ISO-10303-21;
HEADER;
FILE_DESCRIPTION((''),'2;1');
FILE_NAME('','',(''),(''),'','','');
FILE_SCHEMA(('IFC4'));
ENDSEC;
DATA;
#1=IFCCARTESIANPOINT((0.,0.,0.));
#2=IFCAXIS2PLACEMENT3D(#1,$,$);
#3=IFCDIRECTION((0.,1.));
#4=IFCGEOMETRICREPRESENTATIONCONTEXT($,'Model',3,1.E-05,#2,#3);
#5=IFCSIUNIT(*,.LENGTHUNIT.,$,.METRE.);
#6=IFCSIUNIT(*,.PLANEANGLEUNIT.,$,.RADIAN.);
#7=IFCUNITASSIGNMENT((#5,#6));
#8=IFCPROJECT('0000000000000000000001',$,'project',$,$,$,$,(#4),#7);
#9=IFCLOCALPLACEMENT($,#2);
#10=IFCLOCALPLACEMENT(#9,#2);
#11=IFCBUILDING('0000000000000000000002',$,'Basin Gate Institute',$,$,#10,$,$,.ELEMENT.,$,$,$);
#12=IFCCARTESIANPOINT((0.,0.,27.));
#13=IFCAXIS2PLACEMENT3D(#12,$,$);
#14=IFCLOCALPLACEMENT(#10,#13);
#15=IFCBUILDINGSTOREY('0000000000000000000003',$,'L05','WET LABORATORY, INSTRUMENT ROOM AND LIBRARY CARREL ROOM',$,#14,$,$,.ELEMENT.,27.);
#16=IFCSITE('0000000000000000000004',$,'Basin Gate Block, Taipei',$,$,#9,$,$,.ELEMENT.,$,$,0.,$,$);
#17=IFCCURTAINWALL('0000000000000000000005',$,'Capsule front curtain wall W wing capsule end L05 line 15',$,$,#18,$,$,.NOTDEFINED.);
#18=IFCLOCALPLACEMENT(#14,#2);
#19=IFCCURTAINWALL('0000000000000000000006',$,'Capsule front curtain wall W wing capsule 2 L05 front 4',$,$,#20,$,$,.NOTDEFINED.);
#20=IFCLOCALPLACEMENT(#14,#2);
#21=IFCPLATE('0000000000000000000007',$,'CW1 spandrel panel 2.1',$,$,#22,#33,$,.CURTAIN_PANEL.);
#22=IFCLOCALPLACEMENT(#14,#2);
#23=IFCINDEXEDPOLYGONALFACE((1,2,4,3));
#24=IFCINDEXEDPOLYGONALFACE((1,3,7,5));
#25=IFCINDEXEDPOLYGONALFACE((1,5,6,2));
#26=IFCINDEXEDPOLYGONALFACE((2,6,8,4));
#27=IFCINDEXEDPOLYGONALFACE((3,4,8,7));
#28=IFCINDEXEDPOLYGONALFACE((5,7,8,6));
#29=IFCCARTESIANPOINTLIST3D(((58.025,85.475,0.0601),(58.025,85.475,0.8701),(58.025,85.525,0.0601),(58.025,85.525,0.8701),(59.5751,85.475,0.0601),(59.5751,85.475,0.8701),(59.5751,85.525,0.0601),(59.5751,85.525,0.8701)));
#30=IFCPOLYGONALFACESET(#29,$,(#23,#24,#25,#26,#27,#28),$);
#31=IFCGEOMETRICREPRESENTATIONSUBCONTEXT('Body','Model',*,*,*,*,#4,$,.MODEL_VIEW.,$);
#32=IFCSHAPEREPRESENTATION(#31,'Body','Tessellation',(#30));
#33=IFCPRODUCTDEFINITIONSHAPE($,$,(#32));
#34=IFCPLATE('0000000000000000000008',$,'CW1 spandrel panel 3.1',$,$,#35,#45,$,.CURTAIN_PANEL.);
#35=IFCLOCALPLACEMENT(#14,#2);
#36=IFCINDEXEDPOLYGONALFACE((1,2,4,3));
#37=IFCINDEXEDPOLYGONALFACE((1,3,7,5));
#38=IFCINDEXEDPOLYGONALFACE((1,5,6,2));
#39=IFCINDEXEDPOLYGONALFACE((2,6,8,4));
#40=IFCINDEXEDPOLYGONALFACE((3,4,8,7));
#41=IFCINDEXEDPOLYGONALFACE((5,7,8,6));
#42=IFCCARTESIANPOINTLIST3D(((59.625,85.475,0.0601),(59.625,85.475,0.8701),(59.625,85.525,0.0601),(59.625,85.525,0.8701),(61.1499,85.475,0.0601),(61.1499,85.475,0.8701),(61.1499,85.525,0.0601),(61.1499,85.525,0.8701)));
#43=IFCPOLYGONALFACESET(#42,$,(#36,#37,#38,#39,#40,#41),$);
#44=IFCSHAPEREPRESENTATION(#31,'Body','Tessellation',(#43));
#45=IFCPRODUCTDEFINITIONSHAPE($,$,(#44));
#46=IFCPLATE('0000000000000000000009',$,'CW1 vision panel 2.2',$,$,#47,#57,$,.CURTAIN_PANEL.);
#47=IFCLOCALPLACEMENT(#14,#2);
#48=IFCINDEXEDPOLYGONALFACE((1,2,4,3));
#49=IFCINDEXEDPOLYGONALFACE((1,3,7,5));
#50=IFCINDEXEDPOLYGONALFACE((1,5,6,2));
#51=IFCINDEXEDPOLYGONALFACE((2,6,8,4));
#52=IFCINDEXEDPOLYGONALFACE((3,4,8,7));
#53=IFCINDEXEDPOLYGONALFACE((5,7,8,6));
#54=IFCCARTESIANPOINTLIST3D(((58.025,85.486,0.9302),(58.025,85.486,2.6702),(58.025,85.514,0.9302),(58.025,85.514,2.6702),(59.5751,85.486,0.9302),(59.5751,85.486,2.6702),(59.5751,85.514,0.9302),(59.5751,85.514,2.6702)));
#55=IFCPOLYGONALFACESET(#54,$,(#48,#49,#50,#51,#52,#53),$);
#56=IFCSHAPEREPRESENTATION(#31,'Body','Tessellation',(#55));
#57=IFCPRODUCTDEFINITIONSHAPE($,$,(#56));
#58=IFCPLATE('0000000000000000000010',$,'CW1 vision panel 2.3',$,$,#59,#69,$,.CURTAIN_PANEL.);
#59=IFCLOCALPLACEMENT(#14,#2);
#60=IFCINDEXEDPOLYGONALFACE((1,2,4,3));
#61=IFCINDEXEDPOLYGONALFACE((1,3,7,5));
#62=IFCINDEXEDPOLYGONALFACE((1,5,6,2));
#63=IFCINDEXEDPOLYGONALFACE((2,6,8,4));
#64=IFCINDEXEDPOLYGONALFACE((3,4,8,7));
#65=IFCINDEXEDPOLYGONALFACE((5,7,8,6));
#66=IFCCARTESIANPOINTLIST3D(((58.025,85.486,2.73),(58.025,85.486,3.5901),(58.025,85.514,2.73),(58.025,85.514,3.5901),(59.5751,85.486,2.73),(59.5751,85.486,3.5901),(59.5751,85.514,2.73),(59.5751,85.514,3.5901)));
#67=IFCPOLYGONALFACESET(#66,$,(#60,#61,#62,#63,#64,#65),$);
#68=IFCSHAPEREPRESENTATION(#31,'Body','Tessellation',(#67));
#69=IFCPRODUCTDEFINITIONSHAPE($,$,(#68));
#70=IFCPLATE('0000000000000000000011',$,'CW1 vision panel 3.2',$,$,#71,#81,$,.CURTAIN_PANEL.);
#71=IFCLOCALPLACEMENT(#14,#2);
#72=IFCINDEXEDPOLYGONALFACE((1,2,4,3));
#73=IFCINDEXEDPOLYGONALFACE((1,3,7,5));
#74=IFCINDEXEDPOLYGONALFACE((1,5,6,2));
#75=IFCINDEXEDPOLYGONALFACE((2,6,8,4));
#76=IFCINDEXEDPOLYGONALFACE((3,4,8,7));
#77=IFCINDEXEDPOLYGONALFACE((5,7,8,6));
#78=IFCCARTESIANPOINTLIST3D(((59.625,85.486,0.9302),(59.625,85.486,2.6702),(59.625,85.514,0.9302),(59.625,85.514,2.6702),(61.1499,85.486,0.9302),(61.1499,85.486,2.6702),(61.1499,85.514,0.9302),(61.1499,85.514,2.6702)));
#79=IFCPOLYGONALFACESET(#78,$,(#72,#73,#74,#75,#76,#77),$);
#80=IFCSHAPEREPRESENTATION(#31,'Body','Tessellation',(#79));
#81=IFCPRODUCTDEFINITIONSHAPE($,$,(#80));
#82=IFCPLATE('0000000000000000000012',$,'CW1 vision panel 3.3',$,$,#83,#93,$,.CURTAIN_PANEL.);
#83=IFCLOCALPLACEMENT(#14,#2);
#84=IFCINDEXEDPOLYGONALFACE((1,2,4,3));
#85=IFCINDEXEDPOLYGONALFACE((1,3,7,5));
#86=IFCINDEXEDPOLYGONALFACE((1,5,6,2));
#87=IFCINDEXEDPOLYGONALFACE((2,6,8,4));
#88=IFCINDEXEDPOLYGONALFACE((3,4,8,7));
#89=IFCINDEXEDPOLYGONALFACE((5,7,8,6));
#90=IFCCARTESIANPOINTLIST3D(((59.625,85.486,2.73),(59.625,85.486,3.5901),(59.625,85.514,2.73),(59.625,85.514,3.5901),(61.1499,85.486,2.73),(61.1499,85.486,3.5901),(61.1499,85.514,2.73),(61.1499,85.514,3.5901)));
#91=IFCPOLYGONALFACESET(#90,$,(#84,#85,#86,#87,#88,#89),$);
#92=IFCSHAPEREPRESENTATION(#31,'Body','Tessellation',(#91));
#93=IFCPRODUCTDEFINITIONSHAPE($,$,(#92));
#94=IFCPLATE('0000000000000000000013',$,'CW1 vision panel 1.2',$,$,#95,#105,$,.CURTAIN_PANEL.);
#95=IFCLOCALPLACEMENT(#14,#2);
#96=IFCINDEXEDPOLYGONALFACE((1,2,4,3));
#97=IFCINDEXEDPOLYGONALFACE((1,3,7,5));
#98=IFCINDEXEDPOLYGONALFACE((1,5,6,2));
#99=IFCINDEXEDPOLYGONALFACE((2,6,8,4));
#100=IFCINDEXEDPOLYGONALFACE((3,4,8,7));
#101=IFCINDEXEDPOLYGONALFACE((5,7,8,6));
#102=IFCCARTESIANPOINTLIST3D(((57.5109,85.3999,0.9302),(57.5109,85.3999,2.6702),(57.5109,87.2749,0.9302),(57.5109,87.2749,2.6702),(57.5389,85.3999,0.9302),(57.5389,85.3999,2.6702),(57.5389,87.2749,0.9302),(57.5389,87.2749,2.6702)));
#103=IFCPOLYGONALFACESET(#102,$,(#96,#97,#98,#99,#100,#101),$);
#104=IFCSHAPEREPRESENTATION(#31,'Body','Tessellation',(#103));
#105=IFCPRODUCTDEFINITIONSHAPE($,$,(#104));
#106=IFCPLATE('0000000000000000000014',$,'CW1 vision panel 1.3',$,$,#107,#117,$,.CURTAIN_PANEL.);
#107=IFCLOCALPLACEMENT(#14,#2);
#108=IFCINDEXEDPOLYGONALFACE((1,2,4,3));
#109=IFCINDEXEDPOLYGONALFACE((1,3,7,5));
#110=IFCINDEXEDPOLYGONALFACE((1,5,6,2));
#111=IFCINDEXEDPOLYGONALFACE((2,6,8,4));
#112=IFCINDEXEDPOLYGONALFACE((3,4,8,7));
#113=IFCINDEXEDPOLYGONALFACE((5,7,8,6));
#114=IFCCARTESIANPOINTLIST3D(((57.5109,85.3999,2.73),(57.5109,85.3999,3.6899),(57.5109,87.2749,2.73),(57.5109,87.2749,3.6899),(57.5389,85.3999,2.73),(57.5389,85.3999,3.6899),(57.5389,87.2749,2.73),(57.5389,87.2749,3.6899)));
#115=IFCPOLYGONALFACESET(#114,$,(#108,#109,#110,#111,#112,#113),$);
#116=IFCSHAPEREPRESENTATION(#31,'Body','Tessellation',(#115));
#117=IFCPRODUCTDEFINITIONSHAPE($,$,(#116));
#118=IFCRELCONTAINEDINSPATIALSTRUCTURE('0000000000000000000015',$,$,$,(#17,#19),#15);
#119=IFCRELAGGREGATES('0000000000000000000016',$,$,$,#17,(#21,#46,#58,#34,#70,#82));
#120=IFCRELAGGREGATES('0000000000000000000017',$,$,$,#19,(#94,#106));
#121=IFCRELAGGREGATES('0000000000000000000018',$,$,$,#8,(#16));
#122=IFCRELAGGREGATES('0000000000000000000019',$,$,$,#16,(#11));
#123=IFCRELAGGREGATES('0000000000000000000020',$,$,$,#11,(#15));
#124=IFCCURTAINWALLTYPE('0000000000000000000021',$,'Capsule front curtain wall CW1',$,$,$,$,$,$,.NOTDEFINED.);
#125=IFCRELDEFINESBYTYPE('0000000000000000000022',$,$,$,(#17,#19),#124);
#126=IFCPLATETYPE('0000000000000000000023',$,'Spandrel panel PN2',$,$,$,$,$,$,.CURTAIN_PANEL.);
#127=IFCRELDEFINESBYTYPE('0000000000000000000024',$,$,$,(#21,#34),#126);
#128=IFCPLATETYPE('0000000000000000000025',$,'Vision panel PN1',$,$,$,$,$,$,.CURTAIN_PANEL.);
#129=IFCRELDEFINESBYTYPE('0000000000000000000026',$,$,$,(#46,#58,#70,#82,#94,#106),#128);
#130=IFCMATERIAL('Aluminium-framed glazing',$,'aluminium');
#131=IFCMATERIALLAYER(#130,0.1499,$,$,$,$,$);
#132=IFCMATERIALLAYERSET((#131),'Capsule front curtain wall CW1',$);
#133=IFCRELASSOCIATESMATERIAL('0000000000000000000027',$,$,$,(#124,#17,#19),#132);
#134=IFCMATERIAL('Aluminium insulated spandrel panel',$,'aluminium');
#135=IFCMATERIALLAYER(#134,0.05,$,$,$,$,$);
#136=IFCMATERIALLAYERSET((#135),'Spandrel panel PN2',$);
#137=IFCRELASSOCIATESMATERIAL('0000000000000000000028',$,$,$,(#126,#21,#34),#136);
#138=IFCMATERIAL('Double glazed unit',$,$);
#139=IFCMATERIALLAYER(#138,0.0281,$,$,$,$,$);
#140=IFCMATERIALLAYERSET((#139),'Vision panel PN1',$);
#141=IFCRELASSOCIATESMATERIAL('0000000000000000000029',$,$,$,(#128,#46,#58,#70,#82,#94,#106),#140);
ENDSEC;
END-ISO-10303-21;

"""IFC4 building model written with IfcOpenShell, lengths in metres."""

from ifc_helpers import new_model, si_unit, direction, frame, origin, origin_2d, place, context, subcontext, project, spatial, rectangle, extrude, material, layer, layer_set, type_object, element, aggregate, save


model = new_model("IFC4")

# Units and contexts
model_context = context("Model", 3, precision=1e-05, world=origin(), true_north=direction((0.0, 1.0)))
body_context = subcontext(model_context, "Body", "Model", "MODEL_VIEW")
ifc_project = project(units=[si_unit("LENGTHUNIT", "METRE"), si_unit("PLANEANGLEUNIT", "RADIAN")], contexts=[model_context])

# Site, building, storey
site_placement = place(None, origin())
site = spatial("IfcSite", under=ifc_project, at=site_placement, Name="Basin Gate Block, Taipei", CompositionType="ELEMENT", RefElevation=0.0)
building_placement = place(site_placement, origin())
building = spatial("IfcBuilding", under=site, at=building_placement, Name="Basin Gate Institute", CompositionType="ELEMENT")
storey_placement = place(building_placement, frame((0.0, 0.0, 27.0)))
storey = spatial("IfcBuildingStorey", under=building, at=storey_placement, Name="L05", Description="WET LABORATORY, INSTRUMENT ROOM AND LIBRARY CARREL ROOM", CompositionType="ELEMENT", Elevation=27.0)

# Curtain wall
ifc_material_1 = material(Name="Aluminium-framed glazing", Category="aluminium")
ifc_layer_1 = layer(ifc_material_1, 0.1499)
ifc_layer_set_1 = layer_set([ifc_layer_1], Name="Capsule front curtain wall CW1")
curtain_wall_type = type_object("IfcCurtainWallType", Name="Capsule front curtain wall CW1", PredefinedType="NOTDEFINED", material=ifc_layer_set_1)
curtain_wall_1_placement = place(storey_placement, origin())
curtain_wall_1 = element("IfcCurtainWall", 1, at=curtain_wall_1_placement, inside=storey, type_object=curtain_wall_type, material=ifc_layer_set_1, Name="Capsule front curtain wall W wing capsule end L05 line 15", PredefinedType="NOTDEFINED")

# Curtain wall
curtain_wall_2_placement = place(storey_placement, origin())
curtain_wall_2 = element("IfcCurtainWall", 2, at=curtain_wall_2_placement, inside=storey, type_object=curtain_wall_type, material=ifc_layer_set_1, Name="Capsule front curtain wall W wing capsule 2 L05 front 4", PredefinedType="NOTDEFINED")

# Plates
ifc_material_2 = material(Name="Aluminium insulated spandrel panel", Category="aluminium")
ifc_layer_2 = layer(ifc_material_2, 0.05)
ifc_layer_set_2 = layer_set([ifc_layer_2], Name="Spandrel panel PN2")
plate_type_1 = type_object("IfcPlateType", Name="Spandrel panel PN2", PredefinedType="CURTAIN_PANEL", material=ifc_layer_set_2)
plate_1_placement = place(storey_placement, frame((58.8, 85.5, 0.0601), z_axis=(0.0, 0.0, 1.0), x_axis=(1.0, 0.0, 0.0)))
plate_1 = element("IfcPlate", 3, at=plate_1_placement, type_object=plate_type_1, material=ifc_layer_set_2, Name="CW1 spandrel panel 2.1", PredefinedType="CURTAIN_PANEL", context=body_context, shape_type="SweptSolid", body=[
    extrude(rectangle(XDim=1.55, YDim=0.05, at=origin_2d()), origin(), (0.0, 0.0, 1.0), 0.8101),
])
plate_2_placement = place(storey_placement, frame((60.3875, 85.5, 0.0601), z_axis=(0.0, 0.0, 1.0), x_axis=(1.0, 0.0, 0.0)))
plate_2 = element("IfcPlate", 4, at=plate_2_placement, type_object=plate_type_1, material=ifc_layer_set_2, Name="CW1 spandrel panel 3.1", PredefinedType="CURTAIN_PANEL", context=body_context, shape_type="SweptSolid", body=[
    extrude(rectangle(XDim=1.5249, YDim=0.05, at=origin_2d()), origin(), (0.0, 0.0, 1.0), 0.8101),
])
ifc_material_3 = material(Name="Double glazed unit")
ifc_layer_3 = layer(ifc_material_3, 0.0281)
ifc_layer_set_3 = layer_set([ifc_layer_3], Name="Vision panel PN1")
plate_type_2 = type_object("IfcPlateType", Name="Vision panel PN1", PredefinedType="CURTAIN_PANEL", material=ifc_layer_set_3)
plate_3_placement = place(storey_placement, frame((58.8, 85.5, 0.9302), z_axis=(0.0, 0.0, 1.0), x_axis=(1.0, 0.0, 0.0)))
plate_3 = element("IfcPlate", 5, at=plate_3_placement, type_object=plate_type_2, material=ifc_layer_set_3, Name="CW1 vision panel 2.2", PredefinedType="CURTAIN_PANEL", context=body_context, shape_type="SweptSolid", body=[
    extrude(rectangle(XDim=1.55, YDim=0.0281, at=origin_2d()), origin(), (0.0, 0.0, 1.0), 1.74),
])
plate_4_placement = place(storey_placement, frame((58.8, 85.5, 2.73), z_axis=(0.0, 0.0, 1.0), x_axis=(1.0, 0.0, 0.0)))
plate_4 = element("IfcPlate", 6, at=plate_4_placement, type_object=plate_type_2, material=ifc_layer_set_3, Name="CW1 vision panel 2.3", PredefinedType="CURTAIN_PANEL", context=body_context, shape_type="SweptSolid", body=[
    extrude(rectangle(XDim=1.55, YDim=0.0281, at=origin_2d()), origin(), (0.0, 0.0, 1.0), 0.8601),
])
plate_5_placement = place(storey_placement, frame((60.3875, 85.5, 0.9302), z_axis=(0.0, 0.0, 1.0), x_axis=(1.0, 0.0, 0.0)))
plate_5 = element("IfcPlate", 7, at=plate_5_placement, type_object=plate_type_2, material=ifc_layer_set_3, Name="CW1 vision panel 3.2", PredefinedType="CURTAIN_PANEL", context=body_context, shape_type="SweptSolid", body=[
    extrude(rectangle(XDim=1.5249, YDim=0.0281, at=origin_2d()), origin(), (0.0, 0.0, 1.0), 1.74),
])
plate_6_placement = place(storey_placement, frame((60.3875, 85.5, 2.73), z_axis=(0.0, 0.0, 1.0), x_axis=(1.0, 0.0, 0.0)))
plate_6 = element("IfcPlate", 8, at=plate_6_placement, type_object=plate_type_2, material=ifc_layer_set_3, Name="CW1 vision panel 3.3", PredefinedType="CURTAIN_PANEL", context=body_context, shape_type="SweptSolid", body=[
    extrude(rectangle(XDim=1.5249, YDim=0.0281, at=origin_2d()), origin(), (0.0, 0.0, 1.0), 0.8601),
])
aggregate(curtain_wall_1, [plate_1, plate_3, plate_4, plate_2, plate_5, plate_6])
plate_7_placement = place(storey_placement, frame((57.5249, 86.3374, 0.9302), z_axis=(0.0, 0.0, 1.0), x_axis=(0.0, 1.0, 0.0)))
plate_7 = element("IfcPlate", 9, at=plate_7_placement, type_object=plate_type_2, material=ifc_layer_set_3, Name="CW1 vision panel 1.2", PredefinedType="CURTAIN_PANEL", context=body_context, shape_type="SweptSolid", body=[
    extrude(rectangle(XDim=1.875, YDim=0.0281, at=origin_2d()), origin(), (0.0, 0.0, 1.0), 1.74),
])
plate_8_placement = place(storey_placement, frame((57.5249, 86.3374, 2.73), z_axis=(0.0, 0.0, 1.0), x_axis=(0.0, 1.0, 0.0)))
plate_8 = element("IfcPlate", 10, at=plate_8_placement, type_object=plate_type_2, material=ifc_layer_set_3, Name="CW1 vision panel 1.3", PredefinedType="CURTAIN_PANEL", context=body_context, shape_type="SweptSolid", body=[
    extrude(rectangle(XDim=1.875, YDim=0.0281, at=origin_2d()), origin(), (0.0, 0.0, 1.0), 0.96),
])
aggregate(curtain_wall_2, [plate_7, plate_8])

save(model, "model.ifc")
